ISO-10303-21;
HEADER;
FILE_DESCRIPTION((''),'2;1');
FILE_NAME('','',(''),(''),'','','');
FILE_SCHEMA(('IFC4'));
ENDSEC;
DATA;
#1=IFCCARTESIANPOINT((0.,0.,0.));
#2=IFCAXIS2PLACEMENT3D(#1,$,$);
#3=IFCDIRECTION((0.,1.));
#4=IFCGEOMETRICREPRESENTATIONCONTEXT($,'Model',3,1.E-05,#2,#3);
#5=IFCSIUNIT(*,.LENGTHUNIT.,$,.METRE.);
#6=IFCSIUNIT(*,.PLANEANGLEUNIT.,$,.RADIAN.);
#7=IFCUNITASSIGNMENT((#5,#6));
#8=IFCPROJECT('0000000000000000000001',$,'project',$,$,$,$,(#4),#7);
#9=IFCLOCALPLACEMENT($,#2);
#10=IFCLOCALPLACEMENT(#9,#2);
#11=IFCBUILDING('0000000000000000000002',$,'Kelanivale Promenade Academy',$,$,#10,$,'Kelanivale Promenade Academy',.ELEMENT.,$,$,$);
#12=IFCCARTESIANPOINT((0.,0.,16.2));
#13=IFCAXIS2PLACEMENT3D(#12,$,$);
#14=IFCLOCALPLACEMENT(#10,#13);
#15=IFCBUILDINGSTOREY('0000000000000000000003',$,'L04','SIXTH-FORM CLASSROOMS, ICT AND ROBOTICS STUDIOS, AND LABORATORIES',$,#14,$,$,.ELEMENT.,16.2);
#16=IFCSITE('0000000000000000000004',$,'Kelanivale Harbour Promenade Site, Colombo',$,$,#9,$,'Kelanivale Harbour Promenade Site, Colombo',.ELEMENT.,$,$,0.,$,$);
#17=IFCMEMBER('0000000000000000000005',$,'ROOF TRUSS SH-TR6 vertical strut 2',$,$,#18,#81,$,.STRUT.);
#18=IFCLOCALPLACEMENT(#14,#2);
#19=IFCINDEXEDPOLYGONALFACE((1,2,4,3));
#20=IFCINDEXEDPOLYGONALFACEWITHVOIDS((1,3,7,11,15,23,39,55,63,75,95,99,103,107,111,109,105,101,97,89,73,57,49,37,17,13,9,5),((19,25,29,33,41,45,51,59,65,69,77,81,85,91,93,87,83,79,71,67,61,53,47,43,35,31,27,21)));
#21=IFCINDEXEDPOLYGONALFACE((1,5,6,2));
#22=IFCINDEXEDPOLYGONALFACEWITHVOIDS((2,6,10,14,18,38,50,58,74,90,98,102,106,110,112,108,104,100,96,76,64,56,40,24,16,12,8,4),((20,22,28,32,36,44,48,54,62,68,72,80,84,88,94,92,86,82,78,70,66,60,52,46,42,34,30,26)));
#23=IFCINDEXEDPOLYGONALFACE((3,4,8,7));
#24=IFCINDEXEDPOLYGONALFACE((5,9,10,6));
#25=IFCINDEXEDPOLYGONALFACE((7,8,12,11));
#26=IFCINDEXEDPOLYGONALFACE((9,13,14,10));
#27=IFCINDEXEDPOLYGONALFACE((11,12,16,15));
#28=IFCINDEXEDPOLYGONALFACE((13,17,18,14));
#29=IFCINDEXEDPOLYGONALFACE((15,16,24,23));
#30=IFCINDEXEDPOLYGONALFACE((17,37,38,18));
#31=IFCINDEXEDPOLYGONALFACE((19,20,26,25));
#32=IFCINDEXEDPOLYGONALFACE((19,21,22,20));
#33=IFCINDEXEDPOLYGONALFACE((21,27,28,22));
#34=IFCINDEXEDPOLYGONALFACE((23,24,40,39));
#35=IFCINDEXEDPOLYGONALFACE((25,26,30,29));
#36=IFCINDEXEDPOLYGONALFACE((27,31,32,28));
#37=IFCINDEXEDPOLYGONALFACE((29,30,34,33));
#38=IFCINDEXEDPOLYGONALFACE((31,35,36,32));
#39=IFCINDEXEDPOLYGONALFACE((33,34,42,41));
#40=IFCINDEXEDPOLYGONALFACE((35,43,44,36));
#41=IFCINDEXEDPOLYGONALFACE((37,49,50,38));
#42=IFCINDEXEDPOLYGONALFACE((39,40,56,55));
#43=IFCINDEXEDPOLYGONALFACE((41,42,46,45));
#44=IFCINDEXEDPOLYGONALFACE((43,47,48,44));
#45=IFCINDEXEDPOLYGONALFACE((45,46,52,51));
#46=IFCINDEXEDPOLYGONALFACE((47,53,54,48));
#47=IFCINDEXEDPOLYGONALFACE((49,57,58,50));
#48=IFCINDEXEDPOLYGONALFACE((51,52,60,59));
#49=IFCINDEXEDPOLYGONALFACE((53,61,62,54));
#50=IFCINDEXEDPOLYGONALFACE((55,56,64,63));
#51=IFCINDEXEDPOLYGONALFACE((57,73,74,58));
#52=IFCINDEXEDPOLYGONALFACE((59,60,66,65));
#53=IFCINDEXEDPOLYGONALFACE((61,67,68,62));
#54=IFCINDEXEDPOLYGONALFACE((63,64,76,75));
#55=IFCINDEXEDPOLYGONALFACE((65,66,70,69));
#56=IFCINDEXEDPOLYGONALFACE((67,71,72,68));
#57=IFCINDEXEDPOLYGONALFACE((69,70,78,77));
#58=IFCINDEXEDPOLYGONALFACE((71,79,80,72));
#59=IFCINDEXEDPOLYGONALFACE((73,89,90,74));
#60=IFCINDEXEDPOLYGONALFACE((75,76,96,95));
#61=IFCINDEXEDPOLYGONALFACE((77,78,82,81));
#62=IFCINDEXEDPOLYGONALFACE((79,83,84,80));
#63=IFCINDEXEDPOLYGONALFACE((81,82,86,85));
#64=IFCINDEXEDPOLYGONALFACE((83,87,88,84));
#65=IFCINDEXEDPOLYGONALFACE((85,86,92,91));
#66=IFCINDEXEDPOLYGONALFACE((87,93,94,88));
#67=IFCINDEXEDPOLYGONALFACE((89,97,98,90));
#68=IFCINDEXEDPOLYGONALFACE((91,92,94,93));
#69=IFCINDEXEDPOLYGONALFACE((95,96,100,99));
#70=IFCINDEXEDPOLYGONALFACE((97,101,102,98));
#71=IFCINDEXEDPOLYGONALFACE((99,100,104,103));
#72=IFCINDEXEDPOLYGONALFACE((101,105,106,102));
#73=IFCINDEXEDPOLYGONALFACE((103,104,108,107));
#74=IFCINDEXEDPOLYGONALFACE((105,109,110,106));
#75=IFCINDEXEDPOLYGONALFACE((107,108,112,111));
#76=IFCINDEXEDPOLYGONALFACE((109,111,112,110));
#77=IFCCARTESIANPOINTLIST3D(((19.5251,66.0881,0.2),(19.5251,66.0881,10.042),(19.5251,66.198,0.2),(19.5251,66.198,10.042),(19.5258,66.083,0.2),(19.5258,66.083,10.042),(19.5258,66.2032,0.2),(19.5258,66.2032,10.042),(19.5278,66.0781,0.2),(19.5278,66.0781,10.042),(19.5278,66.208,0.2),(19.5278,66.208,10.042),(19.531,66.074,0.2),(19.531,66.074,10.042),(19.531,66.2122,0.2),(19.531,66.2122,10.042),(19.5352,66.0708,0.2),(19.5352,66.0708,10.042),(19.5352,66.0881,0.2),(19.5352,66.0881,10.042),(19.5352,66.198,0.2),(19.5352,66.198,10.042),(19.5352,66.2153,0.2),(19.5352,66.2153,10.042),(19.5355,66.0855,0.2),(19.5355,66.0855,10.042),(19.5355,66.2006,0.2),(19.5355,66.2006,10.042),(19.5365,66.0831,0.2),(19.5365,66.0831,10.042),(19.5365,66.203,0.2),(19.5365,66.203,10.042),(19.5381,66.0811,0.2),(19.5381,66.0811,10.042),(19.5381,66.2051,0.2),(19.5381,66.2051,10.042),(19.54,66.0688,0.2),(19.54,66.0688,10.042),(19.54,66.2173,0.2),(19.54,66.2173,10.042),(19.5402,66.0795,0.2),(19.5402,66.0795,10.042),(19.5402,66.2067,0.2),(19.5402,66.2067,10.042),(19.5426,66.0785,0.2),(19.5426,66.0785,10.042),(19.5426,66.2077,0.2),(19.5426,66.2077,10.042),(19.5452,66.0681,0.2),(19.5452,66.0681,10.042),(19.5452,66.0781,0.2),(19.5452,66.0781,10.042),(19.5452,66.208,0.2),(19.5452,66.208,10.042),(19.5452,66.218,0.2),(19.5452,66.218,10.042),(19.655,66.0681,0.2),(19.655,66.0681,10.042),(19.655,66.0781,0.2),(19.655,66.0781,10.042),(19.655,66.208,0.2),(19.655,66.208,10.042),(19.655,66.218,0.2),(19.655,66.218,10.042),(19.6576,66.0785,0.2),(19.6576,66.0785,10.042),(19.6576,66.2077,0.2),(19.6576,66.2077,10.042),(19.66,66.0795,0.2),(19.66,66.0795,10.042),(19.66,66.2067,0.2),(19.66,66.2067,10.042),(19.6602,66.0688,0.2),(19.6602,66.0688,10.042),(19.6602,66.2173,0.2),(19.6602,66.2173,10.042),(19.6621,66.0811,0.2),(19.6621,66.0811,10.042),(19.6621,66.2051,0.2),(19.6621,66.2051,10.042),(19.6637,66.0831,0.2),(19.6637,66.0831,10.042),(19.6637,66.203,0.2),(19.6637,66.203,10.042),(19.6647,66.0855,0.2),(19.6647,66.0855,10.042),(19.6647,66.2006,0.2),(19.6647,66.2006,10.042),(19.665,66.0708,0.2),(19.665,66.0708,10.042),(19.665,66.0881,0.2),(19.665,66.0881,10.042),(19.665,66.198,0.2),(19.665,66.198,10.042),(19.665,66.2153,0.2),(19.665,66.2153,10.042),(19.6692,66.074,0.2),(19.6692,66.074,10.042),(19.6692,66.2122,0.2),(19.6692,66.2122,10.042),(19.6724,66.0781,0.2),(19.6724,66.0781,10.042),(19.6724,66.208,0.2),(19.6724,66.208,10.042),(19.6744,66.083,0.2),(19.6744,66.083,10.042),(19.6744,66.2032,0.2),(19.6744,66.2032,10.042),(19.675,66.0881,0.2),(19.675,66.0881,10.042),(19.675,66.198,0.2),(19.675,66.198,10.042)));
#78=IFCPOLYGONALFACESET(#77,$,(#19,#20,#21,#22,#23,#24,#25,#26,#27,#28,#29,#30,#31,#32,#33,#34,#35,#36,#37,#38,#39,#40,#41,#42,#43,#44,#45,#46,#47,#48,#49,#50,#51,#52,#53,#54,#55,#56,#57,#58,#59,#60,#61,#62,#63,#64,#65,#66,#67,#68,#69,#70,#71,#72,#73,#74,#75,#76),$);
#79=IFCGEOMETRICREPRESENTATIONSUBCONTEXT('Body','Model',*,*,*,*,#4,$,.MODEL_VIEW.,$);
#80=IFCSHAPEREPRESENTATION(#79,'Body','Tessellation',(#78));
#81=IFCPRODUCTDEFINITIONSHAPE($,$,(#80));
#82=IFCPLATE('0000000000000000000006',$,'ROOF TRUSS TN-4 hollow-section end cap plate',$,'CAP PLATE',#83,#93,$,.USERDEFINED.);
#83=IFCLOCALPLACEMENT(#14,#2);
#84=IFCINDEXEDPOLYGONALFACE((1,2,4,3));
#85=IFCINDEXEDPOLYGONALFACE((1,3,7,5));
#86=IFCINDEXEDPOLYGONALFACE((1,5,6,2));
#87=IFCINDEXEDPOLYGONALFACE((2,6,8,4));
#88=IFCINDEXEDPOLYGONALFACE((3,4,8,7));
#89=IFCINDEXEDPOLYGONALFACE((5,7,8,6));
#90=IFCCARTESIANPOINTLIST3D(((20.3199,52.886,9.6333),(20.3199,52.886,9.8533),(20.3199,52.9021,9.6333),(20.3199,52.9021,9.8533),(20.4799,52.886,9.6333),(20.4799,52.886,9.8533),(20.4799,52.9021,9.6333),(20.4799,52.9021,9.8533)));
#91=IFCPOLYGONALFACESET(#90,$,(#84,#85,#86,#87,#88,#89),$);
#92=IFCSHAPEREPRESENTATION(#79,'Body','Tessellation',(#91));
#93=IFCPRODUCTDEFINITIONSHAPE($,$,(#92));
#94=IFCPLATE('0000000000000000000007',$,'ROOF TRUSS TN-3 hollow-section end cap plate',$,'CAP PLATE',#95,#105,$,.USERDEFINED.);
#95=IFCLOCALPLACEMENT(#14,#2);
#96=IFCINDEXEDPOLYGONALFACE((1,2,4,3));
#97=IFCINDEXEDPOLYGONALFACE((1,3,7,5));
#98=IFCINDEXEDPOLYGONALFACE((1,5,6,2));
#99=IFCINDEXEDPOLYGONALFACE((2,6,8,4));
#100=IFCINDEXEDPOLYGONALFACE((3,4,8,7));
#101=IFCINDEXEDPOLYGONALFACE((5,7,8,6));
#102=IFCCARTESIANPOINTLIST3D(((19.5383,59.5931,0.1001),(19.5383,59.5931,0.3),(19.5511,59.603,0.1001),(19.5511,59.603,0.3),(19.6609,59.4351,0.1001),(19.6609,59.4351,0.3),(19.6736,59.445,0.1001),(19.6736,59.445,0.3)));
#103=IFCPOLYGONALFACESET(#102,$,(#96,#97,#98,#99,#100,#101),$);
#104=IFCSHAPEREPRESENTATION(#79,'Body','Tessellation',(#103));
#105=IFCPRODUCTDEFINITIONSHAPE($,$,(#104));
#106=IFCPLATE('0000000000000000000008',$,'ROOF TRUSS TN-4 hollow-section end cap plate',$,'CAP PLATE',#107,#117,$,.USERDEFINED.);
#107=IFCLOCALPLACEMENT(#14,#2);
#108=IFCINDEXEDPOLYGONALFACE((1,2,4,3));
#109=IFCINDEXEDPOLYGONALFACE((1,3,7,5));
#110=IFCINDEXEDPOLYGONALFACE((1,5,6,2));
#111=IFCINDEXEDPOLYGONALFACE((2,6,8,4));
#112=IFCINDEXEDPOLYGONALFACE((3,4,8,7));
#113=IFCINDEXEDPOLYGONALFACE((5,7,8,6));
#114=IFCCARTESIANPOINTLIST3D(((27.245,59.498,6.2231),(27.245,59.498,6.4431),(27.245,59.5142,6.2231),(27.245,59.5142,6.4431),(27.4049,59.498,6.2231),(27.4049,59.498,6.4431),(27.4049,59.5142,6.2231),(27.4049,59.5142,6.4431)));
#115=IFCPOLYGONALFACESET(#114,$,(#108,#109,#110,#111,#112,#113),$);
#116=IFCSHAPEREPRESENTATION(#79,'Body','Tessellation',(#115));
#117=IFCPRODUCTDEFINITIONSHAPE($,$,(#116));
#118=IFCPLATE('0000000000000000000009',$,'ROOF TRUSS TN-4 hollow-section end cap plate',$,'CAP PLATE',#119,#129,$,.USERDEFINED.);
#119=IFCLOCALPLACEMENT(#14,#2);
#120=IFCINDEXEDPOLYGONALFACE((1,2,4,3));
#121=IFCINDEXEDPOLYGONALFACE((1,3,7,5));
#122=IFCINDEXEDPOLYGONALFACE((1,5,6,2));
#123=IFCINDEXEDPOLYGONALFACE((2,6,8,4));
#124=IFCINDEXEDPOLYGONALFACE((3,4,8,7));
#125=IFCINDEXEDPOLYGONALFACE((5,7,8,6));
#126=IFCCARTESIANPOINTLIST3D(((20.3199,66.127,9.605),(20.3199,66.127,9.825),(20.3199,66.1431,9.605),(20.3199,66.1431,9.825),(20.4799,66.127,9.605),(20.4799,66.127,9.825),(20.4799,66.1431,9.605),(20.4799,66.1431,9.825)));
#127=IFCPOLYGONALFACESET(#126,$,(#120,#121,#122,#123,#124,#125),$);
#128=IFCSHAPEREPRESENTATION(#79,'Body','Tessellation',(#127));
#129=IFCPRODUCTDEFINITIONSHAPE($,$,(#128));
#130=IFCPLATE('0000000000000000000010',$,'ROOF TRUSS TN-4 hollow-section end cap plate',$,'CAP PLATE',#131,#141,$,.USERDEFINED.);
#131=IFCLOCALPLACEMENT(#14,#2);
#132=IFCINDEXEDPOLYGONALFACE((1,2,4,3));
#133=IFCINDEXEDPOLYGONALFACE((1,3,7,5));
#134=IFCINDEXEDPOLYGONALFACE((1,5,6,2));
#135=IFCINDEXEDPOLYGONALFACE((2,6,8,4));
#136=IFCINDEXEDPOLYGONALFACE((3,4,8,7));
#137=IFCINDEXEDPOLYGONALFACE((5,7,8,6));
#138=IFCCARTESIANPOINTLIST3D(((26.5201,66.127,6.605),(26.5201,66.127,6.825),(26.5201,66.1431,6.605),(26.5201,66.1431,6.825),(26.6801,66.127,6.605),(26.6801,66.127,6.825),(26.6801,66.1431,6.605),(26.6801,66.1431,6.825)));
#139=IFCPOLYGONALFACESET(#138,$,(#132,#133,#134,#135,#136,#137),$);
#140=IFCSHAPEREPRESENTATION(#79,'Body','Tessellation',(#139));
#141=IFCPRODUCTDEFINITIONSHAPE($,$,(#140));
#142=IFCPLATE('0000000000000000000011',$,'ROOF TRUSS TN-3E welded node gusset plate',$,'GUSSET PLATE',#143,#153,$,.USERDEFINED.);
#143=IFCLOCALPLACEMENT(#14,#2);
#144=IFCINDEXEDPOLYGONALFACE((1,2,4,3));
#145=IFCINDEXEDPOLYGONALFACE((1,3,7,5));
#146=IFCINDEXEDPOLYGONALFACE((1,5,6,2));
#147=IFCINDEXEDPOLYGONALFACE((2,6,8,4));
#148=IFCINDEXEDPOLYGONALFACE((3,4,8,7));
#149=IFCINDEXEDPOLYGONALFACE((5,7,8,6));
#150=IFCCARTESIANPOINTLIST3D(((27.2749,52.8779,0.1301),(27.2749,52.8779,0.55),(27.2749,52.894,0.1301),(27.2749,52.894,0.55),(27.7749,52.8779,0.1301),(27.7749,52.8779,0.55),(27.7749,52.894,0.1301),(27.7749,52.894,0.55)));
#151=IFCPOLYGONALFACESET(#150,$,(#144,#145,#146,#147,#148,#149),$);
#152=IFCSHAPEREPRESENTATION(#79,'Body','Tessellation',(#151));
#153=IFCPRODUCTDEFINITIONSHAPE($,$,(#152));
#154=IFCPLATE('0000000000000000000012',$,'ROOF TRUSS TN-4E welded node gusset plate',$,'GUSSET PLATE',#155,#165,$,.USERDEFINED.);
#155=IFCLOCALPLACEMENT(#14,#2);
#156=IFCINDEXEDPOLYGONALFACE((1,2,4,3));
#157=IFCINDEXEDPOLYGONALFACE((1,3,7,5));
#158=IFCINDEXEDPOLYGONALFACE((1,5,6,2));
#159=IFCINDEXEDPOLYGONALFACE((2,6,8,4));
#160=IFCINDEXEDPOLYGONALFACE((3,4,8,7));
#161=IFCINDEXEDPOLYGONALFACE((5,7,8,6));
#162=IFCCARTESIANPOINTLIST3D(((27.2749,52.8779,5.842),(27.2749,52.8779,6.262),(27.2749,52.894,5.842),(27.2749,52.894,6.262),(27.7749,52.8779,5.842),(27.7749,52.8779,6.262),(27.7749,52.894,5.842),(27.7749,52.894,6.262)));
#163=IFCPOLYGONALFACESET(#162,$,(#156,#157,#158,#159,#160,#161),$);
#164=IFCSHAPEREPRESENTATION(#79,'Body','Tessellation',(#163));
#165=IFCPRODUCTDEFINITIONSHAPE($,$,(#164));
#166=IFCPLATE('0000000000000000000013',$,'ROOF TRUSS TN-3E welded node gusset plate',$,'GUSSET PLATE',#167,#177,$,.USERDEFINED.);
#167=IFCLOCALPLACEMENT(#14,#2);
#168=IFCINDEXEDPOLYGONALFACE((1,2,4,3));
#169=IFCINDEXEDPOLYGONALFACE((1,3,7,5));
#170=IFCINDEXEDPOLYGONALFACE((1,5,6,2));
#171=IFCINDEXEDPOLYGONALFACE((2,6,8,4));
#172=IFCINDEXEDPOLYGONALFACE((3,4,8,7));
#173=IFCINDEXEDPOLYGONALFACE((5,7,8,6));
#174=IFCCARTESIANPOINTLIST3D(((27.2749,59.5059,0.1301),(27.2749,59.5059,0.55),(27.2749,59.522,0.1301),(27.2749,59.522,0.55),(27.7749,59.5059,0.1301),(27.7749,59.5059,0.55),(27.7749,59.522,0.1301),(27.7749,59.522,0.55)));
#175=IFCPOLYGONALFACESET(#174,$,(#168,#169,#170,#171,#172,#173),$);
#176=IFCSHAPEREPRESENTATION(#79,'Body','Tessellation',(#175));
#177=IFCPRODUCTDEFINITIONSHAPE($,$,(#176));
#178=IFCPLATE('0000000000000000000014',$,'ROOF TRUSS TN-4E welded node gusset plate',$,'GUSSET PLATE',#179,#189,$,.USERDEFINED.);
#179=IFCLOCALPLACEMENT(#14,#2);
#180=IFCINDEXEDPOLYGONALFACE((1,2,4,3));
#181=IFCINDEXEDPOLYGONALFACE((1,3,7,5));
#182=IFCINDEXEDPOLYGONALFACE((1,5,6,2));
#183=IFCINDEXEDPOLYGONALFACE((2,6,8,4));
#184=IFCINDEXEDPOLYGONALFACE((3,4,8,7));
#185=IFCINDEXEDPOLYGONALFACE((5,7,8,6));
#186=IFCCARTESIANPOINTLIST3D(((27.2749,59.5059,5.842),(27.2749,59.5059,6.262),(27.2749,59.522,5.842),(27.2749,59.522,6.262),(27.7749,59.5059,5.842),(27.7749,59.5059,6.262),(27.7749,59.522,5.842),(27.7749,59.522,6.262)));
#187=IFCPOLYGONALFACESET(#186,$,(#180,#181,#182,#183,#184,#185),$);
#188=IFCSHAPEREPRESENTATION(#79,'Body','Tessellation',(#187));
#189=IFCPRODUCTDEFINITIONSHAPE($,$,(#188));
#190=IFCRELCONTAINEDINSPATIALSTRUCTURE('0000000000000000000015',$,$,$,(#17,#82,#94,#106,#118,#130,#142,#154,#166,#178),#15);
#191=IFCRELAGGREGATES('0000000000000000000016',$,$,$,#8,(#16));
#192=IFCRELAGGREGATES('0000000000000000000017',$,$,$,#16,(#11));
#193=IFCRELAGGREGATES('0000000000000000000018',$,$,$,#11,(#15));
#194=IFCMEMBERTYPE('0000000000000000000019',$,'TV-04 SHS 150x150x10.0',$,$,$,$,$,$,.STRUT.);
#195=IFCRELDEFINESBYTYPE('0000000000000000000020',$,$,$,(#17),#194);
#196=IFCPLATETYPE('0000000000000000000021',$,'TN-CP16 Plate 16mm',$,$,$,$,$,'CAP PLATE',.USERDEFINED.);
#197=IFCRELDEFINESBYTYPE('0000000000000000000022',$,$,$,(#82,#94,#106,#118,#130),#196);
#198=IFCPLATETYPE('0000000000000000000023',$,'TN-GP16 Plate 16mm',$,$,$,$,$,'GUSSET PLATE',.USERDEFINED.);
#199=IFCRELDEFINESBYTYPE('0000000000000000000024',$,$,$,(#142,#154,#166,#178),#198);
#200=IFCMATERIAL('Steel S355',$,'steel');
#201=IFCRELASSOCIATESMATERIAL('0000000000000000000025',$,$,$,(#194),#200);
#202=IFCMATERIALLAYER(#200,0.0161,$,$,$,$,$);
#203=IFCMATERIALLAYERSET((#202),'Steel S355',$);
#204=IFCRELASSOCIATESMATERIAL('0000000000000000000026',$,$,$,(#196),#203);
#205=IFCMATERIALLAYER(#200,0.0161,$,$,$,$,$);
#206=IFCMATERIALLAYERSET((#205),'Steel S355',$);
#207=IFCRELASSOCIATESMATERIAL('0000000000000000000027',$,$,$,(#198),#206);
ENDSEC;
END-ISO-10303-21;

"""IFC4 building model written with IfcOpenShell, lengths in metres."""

from ifc_helpers import new_model, si_unit, direction, frame, origin, origin_2d, place, context, subcontext, project, spatial, rectangle, hollow_rectangle, extrude, material, layer, layer_set, material_profile, profile_set, type_object, element, save


model = new_model("IFC4")

# Units and contexts
model_context = context("Model", 3, precision=1e-05, world=origin(), true_north=direction((0.0, 1.0)))
body_context = subcontext(model_context, "Body", "Model", "MODEL_VIEW")
ifc_project = project(units=[si_unit("LENGTHUNIT", "METRE"), si_unit("PLANEANGLEUNIT", "RADIAN")], contexts=[model_context])

# Site, building, storey
site_placement = place(None, origin())
site = spatial("IfcSite", under=ifc_project, at=site_placement, Name="Kelanivale Harbour Promenade Site, Colombo", LongName="Kelanivale Harbour Promenade Site, Colombo", CompositionType="ELEMENT", RefElevation=0.0)
building_placement = place(site_placement, origin())
building = spatial("IfcBuilding", under=site, at=building_placement, Name="Kelanivale Promenade Academy", LongName="Kelanivale Promenade Academy", CompositionType="ELEMENT")
storey_placement = place(building_placement, frame((0.0, 0.0, 16.2)))
storey = spatial("IfcBuildingStorey", under=building, at=storey_placement, Name="L04", Description="SIXTH-FORM CLASSROOMS, ICT AND ROBOTICS STUDIOS, AND LABORATORIES", CompositionType="ELEMENT", Elevation=16.2)

# Member
ifc_material = material(Name="Steel S355", Category="steel")
ifc_material_profile_1 = material_profile(ifc_material, hollow_rectangle(XDim=0.1499, YDim=0.1499, WallThickness=0.01, InnerFilletRadius=0.01, OuterFilletRadius=0.02, at=origin_2d()), Name="SHS 150x150x10.0")
ifc_profile_set_1 = profile_set([ifc_material_profile_1], Name="Steel S355")
member_type_1 = type_object("IfcMemberType", Name="TV-04 SHS 150x150x10.0", PredefinedType="STRUT", material=ifc_profile_set_1)
member_1_placement = place(storey_placement, frame((19.6001, 66.1431, 0.2), z_axis=(0.0, 0.0, 1.0), x_axis=(1.0, 0.0, 0.0)))
element("IfcMember", 1, at=member_1_placement, inside=storey, type_object=member_type_1, Name="ROOF TRUSS SH-TR6 vertical strut 2", PredefinedType="STRUT", context=body_context, shape_type="SweptSolid", body=[
    extrude(hollow_rectangle(XDim=0.1499, YDim=0.1499, WallThickness=0.01, InnerFilletRadius=0.01, OuterFilletRadius=0.02, at=origin_2d()), origin(), (0.0, 0.0, 1.0), 9.842),
])

# Plates
ifc_layer_1 = layer(ifc_material, 0.0161)
ifc_layer_set_1 = layer_set([ifc_layer_1], Name="Steel S355")
plate_type_1 = type_object("IfcPlateType", Name="TN-CP16 Plate 16mm", ElementType="CAP PLATE", PredefinedType="USERDEFINED", material=ifc_layer_set_1)
plate_1_placement = place(storey_placement, frame((20.3999, 52.894, 9.6333), z_axis=(0.0, 0.0, 1.0), x_axis=(0.0, 1.0, 0.0)))
element("IfcPlate", 2, at=plate_1_placement, inside=storey, type_object=plate_type_1, Name="ROOF TRUSS TN-4 hollow-section end cap plate", ObjectType="CAP PLATE", PredefinedType="USERDEFINED", context=body_context, shape_type="SweptSolid", body=[
    extrude(rectangle(XDim=0.0161, YDim=0.1599, at=origin_2d()), origin(), (0.0, 0.0, 1.0), 0.22),
])
plate_2_placement = place(storey_placement, frame((19.606, 59.519, 0.1001), z_axis=(0.0, 0.0, 1.0), x_axis=(0.790262, 0.612769, 0.0)))
element("IfcPlate", 3, at=plate_2_placement, inside=storey, type_object=plate_type_1, Name="ROOF TRUSS TN-3 hollow-section end cap plate", ObjectType="CAP PLATE", PredefinedType="USERDEFINED", context=body_context, shape_type="SweptSolid", body=[
    extrude(rectangle(XDim=0.0161, YDim=0.2, at=origin_2d()), origin(), (0.0, 0.0, 1.0), 0.2),
])
for number, where, z_axis, x_axis, name in (
    (4, (27.325, 59.5061, 6.2231), (0.0, 0.0, 1.0), (0.0, -1.0, 0.0), "ROOF TRUSS TN-4 hollow-section end cap plate"),
    (5, (20.3999, 66.135, 9.605), (0.0, 0.0, 1.0), (0.0, -1.0, 0.0), "ROOF TRUSS TN-4 hollow-section end cap plate"),
    (6, (26.6001, 66.135, 6.605), (0.0, 0.0, 1.0), (0.0, -1.0, 0.0), "ROOF TRUSS TN-4 hollow-section end cap plate"),
):
    element("IfcPlate", number, at=place(storey_placement, frame(where, z_axis=z_axis, x_axis=x_axis)), inside=storey, type_object=plate_type_1, Name=name, ObjectType="CAP PLATE", PredefinedType="USERDEFINED", context=body_context, shape_type="SweptSolid", body=[
        extrude(rectangle(XDim=0.0161, YDim=0.1599, at=origin_2d()), origin(), (0.0, 0.0, 1.0), 0.22),
    ])
ifc_layer_2 = layer(ifc_material, 0.0161)
ifc_layer_set_2 = layer_set([ifc_layer_2], Name="Steel S355")
plate_type_2 = type_object("IfcPlateType", Name="TN-GP16 Plate 16mm", ElementType="GUSSET PLATE", PredefinedType="USERDEFINED", material=ifc_layer_set_2)
for number, where, z_axis, x_axis, name in (
    (7, (27.5249, 52.886, 0.1301), (0.0, 0.0, 1.0), (1.0, 0.0, 0.0), "ROOF TRUSS TN-3E welded node gusset plate"),
    (8, (27.5249, 52.886, 5.842), (0.0, 0.0, 1.0), (1.0, 0.0, 0.0), "ROOF TRUSS TN-4E welded node gusset plate"),
    (9, (27.5249, 59.5139, 0.1301), (0.0, 0.0, 1.0), (1.0, 0.0, 0.0), "ROOF TRUSS TN-3E welded node gusset plate"),
    (10, (27.5249, 59.5139, 5.842), (0.0, 0.0, 1.0), (1.0, 0.0, 0.0), "ROOF TRUSS TN-4E welded node gusset plate"),
):
    element("IfcPlate", number, at=place(storey_placement, frame(where, z_axis=z_axis, x_axis=x_axis)), inside=storey, type_object=plate_type_2, Name=name, ObjectType="GUSSET PLATE", PredefinedType="USERDEFINED", context=body_context, shape_type="SweptSolid", body=[
        extrude(rectangle(XDim=0.5, YDim=0.0161, at=origin_2d()), origin(), (0.0, 0.0, 1.0), 0.4199),
    ])

save(model, "model.ifc")
